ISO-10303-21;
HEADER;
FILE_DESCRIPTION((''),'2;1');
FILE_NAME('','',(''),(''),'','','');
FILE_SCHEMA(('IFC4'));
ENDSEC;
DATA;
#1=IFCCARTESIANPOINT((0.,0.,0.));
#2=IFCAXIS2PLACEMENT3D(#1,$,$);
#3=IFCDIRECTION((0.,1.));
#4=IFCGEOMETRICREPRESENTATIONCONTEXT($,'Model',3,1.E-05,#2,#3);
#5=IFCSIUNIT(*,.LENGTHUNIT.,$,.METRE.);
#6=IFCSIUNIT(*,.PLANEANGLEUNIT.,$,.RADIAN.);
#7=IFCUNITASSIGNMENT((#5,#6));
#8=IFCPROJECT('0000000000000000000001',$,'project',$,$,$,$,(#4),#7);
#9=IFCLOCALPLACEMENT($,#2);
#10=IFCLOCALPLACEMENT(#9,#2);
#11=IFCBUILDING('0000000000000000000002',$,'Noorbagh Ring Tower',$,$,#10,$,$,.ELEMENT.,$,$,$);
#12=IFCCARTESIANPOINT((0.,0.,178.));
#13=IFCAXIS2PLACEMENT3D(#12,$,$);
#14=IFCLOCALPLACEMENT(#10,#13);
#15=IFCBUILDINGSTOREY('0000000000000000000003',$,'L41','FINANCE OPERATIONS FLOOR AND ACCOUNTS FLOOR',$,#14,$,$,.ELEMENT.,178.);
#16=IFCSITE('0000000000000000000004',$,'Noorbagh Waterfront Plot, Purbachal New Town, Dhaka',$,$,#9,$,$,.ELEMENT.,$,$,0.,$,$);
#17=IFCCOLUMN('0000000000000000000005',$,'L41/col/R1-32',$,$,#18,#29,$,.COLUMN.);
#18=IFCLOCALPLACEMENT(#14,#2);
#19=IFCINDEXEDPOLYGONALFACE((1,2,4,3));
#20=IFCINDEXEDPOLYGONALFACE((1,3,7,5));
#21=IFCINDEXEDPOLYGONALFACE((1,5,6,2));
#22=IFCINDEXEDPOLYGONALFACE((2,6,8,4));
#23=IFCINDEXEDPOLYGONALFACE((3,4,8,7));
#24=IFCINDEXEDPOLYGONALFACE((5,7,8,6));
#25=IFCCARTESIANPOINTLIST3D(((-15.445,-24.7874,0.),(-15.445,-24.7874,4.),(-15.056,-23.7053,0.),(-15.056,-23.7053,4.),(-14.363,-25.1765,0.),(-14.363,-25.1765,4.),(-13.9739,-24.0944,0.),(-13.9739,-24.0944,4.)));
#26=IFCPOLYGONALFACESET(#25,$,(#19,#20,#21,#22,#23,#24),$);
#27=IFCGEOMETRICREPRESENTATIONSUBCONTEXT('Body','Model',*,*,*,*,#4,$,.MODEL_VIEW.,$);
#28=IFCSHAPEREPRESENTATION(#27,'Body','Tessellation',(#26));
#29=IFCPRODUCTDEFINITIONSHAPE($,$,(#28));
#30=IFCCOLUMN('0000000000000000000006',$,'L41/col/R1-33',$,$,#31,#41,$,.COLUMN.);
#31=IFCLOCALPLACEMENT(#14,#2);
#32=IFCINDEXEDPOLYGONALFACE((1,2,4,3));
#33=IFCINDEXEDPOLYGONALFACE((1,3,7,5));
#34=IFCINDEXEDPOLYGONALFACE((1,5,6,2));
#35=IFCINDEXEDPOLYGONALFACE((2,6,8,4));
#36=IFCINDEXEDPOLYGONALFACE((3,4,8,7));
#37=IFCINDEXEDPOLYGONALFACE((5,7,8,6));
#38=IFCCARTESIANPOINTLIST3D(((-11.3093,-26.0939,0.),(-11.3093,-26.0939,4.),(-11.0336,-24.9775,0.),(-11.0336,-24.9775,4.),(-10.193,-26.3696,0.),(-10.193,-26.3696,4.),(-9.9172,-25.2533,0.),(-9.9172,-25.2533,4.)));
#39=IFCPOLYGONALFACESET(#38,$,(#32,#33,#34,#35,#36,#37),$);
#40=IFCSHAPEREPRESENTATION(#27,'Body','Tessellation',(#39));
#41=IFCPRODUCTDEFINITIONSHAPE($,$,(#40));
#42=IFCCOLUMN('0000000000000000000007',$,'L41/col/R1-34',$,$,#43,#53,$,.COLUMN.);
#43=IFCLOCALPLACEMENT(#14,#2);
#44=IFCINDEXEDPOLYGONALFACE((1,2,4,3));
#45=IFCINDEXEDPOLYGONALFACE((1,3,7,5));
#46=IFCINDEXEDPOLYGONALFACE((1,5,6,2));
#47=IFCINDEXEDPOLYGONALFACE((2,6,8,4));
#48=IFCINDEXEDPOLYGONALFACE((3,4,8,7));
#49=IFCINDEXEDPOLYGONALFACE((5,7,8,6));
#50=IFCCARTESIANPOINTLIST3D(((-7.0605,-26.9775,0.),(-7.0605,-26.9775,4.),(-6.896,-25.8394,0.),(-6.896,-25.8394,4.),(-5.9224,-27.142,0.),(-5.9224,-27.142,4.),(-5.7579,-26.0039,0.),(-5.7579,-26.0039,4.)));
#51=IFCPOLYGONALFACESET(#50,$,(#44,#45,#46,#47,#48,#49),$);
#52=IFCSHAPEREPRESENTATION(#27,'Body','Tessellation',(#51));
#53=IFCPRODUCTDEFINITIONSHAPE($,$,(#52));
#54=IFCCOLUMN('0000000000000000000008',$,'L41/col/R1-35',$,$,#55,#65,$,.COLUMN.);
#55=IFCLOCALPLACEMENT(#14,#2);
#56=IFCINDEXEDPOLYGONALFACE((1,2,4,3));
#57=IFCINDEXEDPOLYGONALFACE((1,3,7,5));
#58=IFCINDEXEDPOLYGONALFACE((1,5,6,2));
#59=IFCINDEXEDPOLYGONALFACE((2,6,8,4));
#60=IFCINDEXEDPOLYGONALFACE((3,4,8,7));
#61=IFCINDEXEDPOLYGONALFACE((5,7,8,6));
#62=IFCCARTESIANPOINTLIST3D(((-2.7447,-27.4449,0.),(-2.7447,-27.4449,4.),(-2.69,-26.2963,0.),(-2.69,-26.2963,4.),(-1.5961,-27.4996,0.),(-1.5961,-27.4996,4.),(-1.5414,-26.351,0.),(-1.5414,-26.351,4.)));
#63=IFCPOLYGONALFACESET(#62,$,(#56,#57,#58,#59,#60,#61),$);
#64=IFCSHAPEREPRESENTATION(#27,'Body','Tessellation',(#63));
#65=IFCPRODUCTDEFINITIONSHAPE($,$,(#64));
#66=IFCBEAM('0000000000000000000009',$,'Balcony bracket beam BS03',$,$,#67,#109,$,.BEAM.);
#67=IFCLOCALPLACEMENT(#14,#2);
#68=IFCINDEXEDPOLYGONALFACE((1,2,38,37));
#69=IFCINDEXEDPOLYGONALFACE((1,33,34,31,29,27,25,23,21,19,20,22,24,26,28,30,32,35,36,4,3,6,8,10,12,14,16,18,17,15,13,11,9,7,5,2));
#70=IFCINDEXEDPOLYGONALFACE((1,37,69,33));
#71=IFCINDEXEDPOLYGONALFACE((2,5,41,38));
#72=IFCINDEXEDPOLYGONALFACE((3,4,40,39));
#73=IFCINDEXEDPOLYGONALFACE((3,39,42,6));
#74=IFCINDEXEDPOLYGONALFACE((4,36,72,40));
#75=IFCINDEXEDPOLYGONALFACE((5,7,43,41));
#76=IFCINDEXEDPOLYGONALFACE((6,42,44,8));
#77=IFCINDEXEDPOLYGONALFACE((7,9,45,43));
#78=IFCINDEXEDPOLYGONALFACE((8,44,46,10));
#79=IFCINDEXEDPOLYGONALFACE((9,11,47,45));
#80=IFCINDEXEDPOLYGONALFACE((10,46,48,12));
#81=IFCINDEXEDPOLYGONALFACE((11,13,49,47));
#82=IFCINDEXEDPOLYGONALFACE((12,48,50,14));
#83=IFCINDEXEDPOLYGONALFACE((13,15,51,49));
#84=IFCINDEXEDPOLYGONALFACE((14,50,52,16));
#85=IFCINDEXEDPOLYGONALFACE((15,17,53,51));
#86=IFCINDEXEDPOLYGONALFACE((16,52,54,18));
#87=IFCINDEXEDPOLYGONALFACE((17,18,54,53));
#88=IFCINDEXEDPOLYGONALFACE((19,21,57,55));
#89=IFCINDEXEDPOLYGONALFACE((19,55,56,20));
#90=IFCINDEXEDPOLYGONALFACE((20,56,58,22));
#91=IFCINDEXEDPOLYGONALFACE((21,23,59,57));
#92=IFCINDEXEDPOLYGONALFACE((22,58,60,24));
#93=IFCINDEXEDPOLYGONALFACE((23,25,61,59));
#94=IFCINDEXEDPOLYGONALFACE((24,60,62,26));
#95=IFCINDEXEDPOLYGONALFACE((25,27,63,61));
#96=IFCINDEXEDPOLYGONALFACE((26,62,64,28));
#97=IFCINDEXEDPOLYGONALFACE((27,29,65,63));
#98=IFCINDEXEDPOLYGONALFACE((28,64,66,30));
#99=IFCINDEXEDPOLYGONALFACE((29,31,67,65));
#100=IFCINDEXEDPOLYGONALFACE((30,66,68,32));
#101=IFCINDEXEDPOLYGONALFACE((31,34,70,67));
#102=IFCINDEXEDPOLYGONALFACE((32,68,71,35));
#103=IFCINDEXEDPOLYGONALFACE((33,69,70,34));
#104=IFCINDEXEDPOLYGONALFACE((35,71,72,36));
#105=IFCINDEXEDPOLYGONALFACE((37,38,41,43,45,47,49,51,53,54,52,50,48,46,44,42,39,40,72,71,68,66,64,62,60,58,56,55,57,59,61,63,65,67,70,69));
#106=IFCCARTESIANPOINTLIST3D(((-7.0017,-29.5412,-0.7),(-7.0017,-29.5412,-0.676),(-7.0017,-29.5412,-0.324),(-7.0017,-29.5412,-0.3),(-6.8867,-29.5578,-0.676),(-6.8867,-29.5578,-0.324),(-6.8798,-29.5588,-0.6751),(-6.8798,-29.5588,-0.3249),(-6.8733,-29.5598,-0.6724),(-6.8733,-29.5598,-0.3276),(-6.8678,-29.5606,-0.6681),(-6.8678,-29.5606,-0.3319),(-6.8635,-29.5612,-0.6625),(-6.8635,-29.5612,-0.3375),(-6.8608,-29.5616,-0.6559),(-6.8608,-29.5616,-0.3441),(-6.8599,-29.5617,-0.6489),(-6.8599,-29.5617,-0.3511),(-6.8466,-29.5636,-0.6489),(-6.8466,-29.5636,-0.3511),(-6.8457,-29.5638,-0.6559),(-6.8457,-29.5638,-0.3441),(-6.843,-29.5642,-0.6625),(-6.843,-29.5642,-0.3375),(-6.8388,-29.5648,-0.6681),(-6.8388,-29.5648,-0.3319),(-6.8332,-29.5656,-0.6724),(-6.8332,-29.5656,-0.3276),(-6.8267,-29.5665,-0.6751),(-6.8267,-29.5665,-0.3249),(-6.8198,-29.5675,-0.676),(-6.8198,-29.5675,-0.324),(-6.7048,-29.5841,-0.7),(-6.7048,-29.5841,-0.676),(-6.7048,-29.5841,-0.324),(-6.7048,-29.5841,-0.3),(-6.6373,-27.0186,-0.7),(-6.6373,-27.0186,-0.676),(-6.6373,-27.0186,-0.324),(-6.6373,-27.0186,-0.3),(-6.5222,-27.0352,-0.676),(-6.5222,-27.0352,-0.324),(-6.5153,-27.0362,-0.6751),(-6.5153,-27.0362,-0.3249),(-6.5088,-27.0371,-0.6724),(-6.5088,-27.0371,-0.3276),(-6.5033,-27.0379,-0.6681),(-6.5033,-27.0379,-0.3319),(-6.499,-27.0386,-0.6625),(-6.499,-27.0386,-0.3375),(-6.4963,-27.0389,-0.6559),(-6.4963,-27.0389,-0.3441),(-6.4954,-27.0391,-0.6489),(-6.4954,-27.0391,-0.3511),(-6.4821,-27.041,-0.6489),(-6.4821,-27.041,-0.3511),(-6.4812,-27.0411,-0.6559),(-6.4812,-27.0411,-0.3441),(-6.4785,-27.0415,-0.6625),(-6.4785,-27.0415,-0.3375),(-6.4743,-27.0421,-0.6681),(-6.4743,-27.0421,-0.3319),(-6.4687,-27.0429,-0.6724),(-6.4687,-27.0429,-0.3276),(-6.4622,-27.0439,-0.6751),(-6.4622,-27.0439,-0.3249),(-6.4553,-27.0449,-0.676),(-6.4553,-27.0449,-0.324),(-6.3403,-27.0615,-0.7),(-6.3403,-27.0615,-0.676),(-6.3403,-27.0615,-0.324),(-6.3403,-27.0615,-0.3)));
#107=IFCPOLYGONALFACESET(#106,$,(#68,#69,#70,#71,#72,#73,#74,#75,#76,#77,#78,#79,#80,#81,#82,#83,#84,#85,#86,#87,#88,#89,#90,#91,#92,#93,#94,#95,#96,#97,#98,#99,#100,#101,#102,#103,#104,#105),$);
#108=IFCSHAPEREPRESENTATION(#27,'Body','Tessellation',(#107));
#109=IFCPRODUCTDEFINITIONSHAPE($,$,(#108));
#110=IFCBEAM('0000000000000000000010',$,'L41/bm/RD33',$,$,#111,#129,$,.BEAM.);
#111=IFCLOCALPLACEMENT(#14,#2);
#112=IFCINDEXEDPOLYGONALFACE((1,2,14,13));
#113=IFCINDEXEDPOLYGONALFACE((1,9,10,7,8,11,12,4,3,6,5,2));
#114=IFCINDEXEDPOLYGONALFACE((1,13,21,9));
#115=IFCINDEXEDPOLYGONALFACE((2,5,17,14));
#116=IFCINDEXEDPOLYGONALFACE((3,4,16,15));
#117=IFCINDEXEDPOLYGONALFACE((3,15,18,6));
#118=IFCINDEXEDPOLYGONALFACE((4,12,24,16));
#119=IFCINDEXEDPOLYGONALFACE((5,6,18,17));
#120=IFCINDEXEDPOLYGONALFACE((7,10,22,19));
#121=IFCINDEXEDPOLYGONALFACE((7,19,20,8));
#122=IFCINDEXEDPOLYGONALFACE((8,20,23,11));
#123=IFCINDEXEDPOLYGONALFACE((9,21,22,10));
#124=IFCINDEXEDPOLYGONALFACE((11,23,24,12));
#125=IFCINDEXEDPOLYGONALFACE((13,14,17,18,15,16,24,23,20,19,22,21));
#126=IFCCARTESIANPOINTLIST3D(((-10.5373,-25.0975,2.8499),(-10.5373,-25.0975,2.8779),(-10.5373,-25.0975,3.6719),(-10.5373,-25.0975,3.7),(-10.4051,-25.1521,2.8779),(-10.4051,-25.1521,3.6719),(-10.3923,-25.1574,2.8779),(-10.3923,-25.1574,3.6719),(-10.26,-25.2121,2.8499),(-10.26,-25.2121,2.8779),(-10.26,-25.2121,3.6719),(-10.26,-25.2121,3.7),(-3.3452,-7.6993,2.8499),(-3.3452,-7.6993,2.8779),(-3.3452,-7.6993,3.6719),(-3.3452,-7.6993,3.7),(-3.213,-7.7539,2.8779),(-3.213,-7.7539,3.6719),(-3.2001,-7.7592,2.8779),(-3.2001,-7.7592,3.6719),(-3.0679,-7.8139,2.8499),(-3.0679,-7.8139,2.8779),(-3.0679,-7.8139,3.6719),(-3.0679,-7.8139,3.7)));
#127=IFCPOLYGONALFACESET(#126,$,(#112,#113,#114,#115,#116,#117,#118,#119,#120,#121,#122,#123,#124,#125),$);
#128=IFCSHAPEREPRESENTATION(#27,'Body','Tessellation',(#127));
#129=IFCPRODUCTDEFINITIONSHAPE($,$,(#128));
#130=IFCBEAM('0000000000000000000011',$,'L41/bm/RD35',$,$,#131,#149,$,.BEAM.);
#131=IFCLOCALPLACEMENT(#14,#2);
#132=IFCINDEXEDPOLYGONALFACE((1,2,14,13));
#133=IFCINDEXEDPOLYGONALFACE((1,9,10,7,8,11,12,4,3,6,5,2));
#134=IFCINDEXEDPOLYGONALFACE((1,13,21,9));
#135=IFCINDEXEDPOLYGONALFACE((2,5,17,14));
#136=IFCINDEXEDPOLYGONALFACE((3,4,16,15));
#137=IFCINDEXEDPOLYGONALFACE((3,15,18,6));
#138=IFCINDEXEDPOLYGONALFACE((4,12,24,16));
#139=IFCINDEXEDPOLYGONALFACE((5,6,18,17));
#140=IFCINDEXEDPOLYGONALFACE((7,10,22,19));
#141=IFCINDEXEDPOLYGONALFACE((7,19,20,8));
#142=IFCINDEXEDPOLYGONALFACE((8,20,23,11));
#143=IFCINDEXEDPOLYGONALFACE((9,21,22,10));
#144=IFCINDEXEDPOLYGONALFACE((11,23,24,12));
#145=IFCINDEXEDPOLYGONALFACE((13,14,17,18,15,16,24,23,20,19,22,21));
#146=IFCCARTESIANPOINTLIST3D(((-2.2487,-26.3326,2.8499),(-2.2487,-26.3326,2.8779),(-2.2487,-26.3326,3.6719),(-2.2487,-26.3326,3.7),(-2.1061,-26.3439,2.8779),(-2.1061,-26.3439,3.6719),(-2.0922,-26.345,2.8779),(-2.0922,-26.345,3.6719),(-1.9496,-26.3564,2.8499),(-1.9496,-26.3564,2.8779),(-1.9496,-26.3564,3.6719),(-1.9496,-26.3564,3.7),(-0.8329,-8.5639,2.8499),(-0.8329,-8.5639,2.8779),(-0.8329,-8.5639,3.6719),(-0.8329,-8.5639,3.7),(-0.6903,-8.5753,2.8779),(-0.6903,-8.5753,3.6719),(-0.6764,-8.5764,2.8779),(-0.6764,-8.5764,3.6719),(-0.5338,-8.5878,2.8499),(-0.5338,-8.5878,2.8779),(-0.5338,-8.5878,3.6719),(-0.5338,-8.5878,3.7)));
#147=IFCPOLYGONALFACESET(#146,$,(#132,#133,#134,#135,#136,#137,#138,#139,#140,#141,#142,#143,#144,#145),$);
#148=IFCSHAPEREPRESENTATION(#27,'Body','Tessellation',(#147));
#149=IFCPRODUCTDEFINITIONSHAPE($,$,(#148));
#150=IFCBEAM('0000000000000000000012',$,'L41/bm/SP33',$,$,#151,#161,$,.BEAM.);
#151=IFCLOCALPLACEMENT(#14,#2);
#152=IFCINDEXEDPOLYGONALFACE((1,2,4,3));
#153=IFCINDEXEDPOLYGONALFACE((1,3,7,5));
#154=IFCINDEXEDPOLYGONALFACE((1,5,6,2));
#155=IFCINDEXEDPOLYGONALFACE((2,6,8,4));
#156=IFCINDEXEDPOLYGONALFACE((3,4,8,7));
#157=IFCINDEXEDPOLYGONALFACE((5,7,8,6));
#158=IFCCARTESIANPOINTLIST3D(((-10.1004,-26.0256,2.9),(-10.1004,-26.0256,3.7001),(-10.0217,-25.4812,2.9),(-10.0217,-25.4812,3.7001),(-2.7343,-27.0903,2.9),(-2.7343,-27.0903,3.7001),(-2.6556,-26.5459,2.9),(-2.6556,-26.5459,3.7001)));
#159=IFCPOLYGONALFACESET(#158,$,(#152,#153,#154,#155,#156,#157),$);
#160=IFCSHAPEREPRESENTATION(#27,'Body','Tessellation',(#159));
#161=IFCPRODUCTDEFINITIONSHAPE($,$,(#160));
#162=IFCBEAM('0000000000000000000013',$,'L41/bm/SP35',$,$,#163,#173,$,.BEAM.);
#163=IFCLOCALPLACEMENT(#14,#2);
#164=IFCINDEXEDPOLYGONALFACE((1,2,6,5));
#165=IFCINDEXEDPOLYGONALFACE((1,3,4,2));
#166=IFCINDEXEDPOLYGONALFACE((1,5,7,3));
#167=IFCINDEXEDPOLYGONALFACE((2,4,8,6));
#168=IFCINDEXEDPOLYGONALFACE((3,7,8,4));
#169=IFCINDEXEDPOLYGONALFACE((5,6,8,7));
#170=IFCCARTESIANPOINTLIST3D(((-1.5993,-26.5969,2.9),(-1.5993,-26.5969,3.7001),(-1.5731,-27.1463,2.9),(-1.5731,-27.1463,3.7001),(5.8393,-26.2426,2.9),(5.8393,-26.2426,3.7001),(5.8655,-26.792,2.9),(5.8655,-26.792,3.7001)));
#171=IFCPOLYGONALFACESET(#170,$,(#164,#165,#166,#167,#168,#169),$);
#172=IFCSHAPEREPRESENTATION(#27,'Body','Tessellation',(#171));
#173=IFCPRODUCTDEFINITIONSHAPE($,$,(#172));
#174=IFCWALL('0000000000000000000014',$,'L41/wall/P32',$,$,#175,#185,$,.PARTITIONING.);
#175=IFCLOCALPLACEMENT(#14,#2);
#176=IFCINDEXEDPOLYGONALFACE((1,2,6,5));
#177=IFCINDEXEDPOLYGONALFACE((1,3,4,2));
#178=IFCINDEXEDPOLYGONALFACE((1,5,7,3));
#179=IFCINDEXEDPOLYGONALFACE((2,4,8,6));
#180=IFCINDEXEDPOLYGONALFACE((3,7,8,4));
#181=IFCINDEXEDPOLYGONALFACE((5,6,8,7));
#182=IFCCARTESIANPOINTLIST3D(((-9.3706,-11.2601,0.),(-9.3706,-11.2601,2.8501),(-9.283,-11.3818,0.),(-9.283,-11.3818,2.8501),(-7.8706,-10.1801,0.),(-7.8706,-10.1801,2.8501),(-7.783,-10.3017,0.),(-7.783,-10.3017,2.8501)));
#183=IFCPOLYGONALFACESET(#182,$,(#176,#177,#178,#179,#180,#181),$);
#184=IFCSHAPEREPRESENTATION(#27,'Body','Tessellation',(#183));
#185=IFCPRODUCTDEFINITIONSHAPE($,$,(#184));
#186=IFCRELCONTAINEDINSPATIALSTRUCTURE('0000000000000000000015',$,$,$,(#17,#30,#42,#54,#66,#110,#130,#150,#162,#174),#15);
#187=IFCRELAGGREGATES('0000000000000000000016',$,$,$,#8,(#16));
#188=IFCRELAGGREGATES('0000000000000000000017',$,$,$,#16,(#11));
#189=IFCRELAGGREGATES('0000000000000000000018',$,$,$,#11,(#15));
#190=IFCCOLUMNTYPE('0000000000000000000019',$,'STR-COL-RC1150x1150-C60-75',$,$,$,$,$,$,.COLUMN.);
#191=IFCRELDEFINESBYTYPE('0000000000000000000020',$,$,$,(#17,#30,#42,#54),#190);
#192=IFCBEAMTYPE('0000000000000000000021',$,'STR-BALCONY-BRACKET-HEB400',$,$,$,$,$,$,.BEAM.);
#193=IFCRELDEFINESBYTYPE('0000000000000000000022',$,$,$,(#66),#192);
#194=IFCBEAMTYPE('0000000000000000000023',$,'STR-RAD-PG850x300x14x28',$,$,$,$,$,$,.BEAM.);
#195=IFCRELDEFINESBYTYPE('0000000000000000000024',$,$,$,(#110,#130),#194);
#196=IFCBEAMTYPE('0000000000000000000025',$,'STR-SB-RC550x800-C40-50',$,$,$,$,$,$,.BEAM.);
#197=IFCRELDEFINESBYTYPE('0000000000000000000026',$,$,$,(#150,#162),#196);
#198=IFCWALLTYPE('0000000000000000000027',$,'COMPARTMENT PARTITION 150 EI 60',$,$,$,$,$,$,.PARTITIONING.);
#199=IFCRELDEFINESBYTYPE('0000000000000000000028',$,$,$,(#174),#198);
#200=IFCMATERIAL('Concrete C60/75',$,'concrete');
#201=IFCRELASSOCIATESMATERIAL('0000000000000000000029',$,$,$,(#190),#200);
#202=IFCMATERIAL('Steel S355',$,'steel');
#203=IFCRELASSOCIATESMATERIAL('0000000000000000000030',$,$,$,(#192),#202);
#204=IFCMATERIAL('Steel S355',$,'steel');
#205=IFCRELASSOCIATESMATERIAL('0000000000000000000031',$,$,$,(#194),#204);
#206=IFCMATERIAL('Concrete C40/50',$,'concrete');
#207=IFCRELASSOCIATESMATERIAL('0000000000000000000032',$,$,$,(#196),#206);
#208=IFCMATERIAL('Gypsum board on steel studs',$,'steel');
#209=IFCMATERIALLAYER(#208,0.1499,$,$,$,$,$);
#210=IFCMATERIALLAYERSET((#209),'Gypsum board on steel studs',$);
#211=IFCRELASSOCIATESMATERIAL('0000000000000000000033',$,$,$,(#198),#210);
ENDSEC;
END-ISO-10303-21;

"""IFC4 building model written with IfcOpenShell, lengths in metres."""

from ifc_helpers import new_model, si_unit, direction, frame, frame_2d, origin, origin_2d, place, context, subcontext, project, spatial, rectangle, i_section, extrude, material, layer, layer_set, material_profile, profile_set, type_object, element, save


model = new_model("IFC4")

# Units and contexts
model_context = context("Model", 3, precision=1e-05, world=origin(), true_north=direction((0.0, 1.0)))
body_context = subcontext(model_context, "Body", "Model", "MODEL_VIEW")
ifc_project = project(units=[si_unit("LENGTHUNIT", "METRE"), si_unit("PLANEANGLEUNIT", "RADIAN")], contexts=[model_context])

# Site, building, storey
site_placement = place(None, origin())
site = spatial("IfcSite", under=ifc_project, at=site_placement, Name="Noorbagh Waterfront Plot, Purbachal New Town, Dhaka", CompositionType="ELEMENT", RefElevation=0.0)
building_placement = place(site_placement, origin())
building = spatial("IfcBuilding", under=site, at=building_placement, Name="Noorbagh Ring Tower", CompositionType="ELEMENT")
storey_placement = place(building_placement, frame((0.0, 0.0, 178.0)))
storey = spatial("IfcBuildingStorey", under=building, at=storey_placement, Name="L41", Description="FINANCE OPERATIONS FLOOR AND ACCOUNTS FLOOR", CompositionType="ELEMENT", Elevation=178.0)

# Columns
ifc_material_1 = material(Name="Concrete C60/75", Category="concrete")
ifc_material_profile_1 = material_profile(ifc_material_1, rectangle(XDim=1.1499, YDim=1.1499, at=origin_2d()), Name="RC1150x1150")
ifc_profile_set_1 = profile_set([ifc_material_profile_1], Name="Concrete C60/75")
column_type = type_object("IfcColumnType", Name="STR-COL-RC1150x1150-C60-75", PredefinedType="COLUMN", material=ifc_profile_set_1)
for number, where, z_axis, x_axis, name in (
    (1, (-14.7095, -24.4409, 0.0), (0.0, 0.0, 1.0), (0.941025, -0.338338, 0.0), "L41/col/R1-32"),
    (2, (-10.6133, -25.6736, 0.0), (0.0, 0.0, 1.0), (0.970829, -0.239771, 0.0), "L41/col/R1-33"),
    (3, (-6.4092, -26.4907, 0.0), (0.0, 0.0, 1.0), (0.989713, -0.143066, 0.0), "L41/col/R1-34"),
    (4, (-2.1431, -26.8979, 0.0), (0.0, 0.0, 1.0), (0.998869, -0.047553, 0.0), "L41/col/R1-35"),
):
    element("IfcColumn", number, at=place(storey_placement, frame(where, z_axis=z_axis, x_axis=x_axis)), inside=storey, type_object=column_type, Name=name, PredefinedType="COLUMN", context=body_context, shape_type="SweptSolid", body=[
        extrude(rectangle(XDim=1.1499, YDim=1.1499, at=origin_2d()), origin(), (0.0, 0.0, 1.0), 4.0),
    ])

# Beams
ifc_material_2 = material(Name="Steel S355", Category="steel")
ifc_material_profile_2 = material_profile(ifc_material_2, i_section(OverallWidth=0.3, OverallDepth=0.3999, WebThickness=0.0134, FlangeThickness=0.0239, FilletRadius=0.0271, at=origin_2d()), Name="HEB400")
ifc_profile_set_2 = profile_set([ifc_material_profile_2], Name="Steel S355")
beam_type_1 = type_object("IfcBeamType", Name="STR-BALCONY-BRACKET-HEB400", PredefinedType="BEAM", material=ifc_profile_set_2)
beam_1_placement = place(storey_placement, frame((-6.4888, -27.04, -0.5), z_axis=(-0.143004, -0.989722, 0.0), x_axis=(0.989722, -0.143004, 0.0)))
element("IfcBeam", 5, at=beam_1_placement, inside=storey, type_object=beam_type_1, Name="Balcony bracket beam BS03", PredefinedType="BEAM", context=body_context, shape_type="SweptSolid", body=[
    extrude(i_section(OverallWidth=0.3, OverallDepth=0.3999, WebThickness=0.0134, FlangeThickness=0.0239, FilletRadius=0.0271, at=origin_2d()), origin(), (0.0, 0.0, 1.0), 2.5488),
])
ifc_material_3 = material(Name="Steel S355", Category="steel")
ifc_material_profile_3 = material_profile(ifc_material_3, i_section(OverallWidth=0.3, OverallDepth=0.8501, WebThickness=0.0139, FlangeThickness=0.0281, at=origin_2d()), Name="PG850x300x14x28")
ifc_profile_set_3 = profile_set([ifc_material_profile_3], Name="Steel S355")
beam_type_2 = type_object("IfcBeamType", Name="STR-RAD-PG850x300x14x28", PredefinedType="BEAM", material=ifc_profile_set_3)
beam_2_placement = place(storey_placement, frame((-10.3987, -25.1548, 3.2749), z_axis=(0.382029, 0.92415, 0.0), x_axis=(-0.92415, 0.382029, 0.0)))
element("IfcBeam", 6, at=beam_2_placement, inside=storey, type_object=beam_type_2, Name="L41/bm/RD33", PredefinedType="BEAM", context=body_context, shape_type="SweptSolid", body=[
    extrude(i_section(OverallWidth=0.3, OverallDepth=0.8501, WebThickness=0.0139, FlangeThickness=0.0281, at=origin_2d()), origin(), (0.0, 0.0, 1.0), 18.8262),
])
beam_3_placement = place(storey_placement, frame((-2.0991, -26.3445, 3.2749), z_axis=(0.079427, 0.996841, 0.0), x_axis=(-0.996841, 0.079427, 0.0)))
element("IfcBeam", 7, at=beam_3_placement, inside=storey, type_object=beam_type_2, Name="L41/bm/RD35", PredefinedType="BEAM", context=body_context, shape_type="SweptSolid", body=[
    extrude(i_section(OverallWidth=0.3, OverallDepth=0.8501, WebThickness=0.0139, FlangeThickness=0.0281, at=origin_2d()), origin(), (0.0, 0.0, 1.0), 17.825),
])
ifc_material_4 = material(Name="Concrete C40/50", Category="concrete")
ifc_material_profile_4 = material_profile(ifc_material_4, rectangle(XDim=0.55, YDim=0.8, at=origin_2d()), Name="RC550x800")
ifc_profile_set_4 = profile_set([ifc_material_profile_4], Name="Concrete C40/50")
beam_type_3 = type_object("IfcBeamType", Name="STR-SB-RC550x800-C40-50", PredefinedType="BEAM", material=ifc_profile_set_4)
beam_4_placement = place(storey_placement, frame((-10.061, -25.7534, 3.3), z_axis=(0.989715, -0.143056, 0.0), x_axis=(0.143056, 0.989715, 0.0)))
element("IfcBeam", 8, at=beam_4_placement, inside=storey, type_object=beam_type_3, Name="L41/bm/SP33", PredefinedType="BEAM", context=body_context, shape_type="SweptSolid", body=[
    extrude(rectangle(XDim=0.55, YDim=0.8, at=origin_2d()), origin(), (0.0, 0.0, 1.0), 7.4426),
])
beam_5_placement = place(storey_placement, frame((-1.5862, -26.8716, 3.3), z_axis=(0.998868, 0.04757, 0.0), x_axis=(-0.04757, 0.998868, 0.0)))
element("IfcBeam", 9, at=beam_5_placement, inside=storey, type_object=beam_type_3, Name="L41/bm/SP35", PredefinedType="BEAM", context=body_context, shape_type="SweptSolid", body=[
    extrude(rectangle(XDim=0.55, YDim=0.8, at=origin_2d()), origin(), (0.0, 0.0, 1.0), 7.447),
])

# Wall
ifc_material_5 = material(Name="Gypsum board on steel studs", Category="steel")
ifc_layer_1 = layer(ifc_material_5, 0.1499)
ifc_layer_set_1 = layer_set([ifc_layer_1], Name="Gypsum board on steel studs")
wall_type_1 = type_object("IfcWallType", Name="COMPARTMENT PARTITION 150 EI 60", PredefinedType="PARTITIONING", material=ifc_layer_set_1)
wall_1_placement = place(storey_placement, frame((-9.3269, -11.321, 0.0), z_axis=(0.0, 0.0, 1.0), x_axis=(0.811514, 0.584333, 0.0)))
element("IfcWall", 10, at=wall_1_placement, inside=storey, type_object=wall_type_1, Name="L41/wall/P32", PredefinedType="PARTITIONING", context=body_context, shape_type="SweptSolid", body=[
    extrude(rectangle(XDim=1.8484, YDim=0.1499, at=frame_2d((0.9243, 0.0))), origin(), (0.0, 0.0, 1.0), 2.8501),
])

save(model, "model.ifc")
